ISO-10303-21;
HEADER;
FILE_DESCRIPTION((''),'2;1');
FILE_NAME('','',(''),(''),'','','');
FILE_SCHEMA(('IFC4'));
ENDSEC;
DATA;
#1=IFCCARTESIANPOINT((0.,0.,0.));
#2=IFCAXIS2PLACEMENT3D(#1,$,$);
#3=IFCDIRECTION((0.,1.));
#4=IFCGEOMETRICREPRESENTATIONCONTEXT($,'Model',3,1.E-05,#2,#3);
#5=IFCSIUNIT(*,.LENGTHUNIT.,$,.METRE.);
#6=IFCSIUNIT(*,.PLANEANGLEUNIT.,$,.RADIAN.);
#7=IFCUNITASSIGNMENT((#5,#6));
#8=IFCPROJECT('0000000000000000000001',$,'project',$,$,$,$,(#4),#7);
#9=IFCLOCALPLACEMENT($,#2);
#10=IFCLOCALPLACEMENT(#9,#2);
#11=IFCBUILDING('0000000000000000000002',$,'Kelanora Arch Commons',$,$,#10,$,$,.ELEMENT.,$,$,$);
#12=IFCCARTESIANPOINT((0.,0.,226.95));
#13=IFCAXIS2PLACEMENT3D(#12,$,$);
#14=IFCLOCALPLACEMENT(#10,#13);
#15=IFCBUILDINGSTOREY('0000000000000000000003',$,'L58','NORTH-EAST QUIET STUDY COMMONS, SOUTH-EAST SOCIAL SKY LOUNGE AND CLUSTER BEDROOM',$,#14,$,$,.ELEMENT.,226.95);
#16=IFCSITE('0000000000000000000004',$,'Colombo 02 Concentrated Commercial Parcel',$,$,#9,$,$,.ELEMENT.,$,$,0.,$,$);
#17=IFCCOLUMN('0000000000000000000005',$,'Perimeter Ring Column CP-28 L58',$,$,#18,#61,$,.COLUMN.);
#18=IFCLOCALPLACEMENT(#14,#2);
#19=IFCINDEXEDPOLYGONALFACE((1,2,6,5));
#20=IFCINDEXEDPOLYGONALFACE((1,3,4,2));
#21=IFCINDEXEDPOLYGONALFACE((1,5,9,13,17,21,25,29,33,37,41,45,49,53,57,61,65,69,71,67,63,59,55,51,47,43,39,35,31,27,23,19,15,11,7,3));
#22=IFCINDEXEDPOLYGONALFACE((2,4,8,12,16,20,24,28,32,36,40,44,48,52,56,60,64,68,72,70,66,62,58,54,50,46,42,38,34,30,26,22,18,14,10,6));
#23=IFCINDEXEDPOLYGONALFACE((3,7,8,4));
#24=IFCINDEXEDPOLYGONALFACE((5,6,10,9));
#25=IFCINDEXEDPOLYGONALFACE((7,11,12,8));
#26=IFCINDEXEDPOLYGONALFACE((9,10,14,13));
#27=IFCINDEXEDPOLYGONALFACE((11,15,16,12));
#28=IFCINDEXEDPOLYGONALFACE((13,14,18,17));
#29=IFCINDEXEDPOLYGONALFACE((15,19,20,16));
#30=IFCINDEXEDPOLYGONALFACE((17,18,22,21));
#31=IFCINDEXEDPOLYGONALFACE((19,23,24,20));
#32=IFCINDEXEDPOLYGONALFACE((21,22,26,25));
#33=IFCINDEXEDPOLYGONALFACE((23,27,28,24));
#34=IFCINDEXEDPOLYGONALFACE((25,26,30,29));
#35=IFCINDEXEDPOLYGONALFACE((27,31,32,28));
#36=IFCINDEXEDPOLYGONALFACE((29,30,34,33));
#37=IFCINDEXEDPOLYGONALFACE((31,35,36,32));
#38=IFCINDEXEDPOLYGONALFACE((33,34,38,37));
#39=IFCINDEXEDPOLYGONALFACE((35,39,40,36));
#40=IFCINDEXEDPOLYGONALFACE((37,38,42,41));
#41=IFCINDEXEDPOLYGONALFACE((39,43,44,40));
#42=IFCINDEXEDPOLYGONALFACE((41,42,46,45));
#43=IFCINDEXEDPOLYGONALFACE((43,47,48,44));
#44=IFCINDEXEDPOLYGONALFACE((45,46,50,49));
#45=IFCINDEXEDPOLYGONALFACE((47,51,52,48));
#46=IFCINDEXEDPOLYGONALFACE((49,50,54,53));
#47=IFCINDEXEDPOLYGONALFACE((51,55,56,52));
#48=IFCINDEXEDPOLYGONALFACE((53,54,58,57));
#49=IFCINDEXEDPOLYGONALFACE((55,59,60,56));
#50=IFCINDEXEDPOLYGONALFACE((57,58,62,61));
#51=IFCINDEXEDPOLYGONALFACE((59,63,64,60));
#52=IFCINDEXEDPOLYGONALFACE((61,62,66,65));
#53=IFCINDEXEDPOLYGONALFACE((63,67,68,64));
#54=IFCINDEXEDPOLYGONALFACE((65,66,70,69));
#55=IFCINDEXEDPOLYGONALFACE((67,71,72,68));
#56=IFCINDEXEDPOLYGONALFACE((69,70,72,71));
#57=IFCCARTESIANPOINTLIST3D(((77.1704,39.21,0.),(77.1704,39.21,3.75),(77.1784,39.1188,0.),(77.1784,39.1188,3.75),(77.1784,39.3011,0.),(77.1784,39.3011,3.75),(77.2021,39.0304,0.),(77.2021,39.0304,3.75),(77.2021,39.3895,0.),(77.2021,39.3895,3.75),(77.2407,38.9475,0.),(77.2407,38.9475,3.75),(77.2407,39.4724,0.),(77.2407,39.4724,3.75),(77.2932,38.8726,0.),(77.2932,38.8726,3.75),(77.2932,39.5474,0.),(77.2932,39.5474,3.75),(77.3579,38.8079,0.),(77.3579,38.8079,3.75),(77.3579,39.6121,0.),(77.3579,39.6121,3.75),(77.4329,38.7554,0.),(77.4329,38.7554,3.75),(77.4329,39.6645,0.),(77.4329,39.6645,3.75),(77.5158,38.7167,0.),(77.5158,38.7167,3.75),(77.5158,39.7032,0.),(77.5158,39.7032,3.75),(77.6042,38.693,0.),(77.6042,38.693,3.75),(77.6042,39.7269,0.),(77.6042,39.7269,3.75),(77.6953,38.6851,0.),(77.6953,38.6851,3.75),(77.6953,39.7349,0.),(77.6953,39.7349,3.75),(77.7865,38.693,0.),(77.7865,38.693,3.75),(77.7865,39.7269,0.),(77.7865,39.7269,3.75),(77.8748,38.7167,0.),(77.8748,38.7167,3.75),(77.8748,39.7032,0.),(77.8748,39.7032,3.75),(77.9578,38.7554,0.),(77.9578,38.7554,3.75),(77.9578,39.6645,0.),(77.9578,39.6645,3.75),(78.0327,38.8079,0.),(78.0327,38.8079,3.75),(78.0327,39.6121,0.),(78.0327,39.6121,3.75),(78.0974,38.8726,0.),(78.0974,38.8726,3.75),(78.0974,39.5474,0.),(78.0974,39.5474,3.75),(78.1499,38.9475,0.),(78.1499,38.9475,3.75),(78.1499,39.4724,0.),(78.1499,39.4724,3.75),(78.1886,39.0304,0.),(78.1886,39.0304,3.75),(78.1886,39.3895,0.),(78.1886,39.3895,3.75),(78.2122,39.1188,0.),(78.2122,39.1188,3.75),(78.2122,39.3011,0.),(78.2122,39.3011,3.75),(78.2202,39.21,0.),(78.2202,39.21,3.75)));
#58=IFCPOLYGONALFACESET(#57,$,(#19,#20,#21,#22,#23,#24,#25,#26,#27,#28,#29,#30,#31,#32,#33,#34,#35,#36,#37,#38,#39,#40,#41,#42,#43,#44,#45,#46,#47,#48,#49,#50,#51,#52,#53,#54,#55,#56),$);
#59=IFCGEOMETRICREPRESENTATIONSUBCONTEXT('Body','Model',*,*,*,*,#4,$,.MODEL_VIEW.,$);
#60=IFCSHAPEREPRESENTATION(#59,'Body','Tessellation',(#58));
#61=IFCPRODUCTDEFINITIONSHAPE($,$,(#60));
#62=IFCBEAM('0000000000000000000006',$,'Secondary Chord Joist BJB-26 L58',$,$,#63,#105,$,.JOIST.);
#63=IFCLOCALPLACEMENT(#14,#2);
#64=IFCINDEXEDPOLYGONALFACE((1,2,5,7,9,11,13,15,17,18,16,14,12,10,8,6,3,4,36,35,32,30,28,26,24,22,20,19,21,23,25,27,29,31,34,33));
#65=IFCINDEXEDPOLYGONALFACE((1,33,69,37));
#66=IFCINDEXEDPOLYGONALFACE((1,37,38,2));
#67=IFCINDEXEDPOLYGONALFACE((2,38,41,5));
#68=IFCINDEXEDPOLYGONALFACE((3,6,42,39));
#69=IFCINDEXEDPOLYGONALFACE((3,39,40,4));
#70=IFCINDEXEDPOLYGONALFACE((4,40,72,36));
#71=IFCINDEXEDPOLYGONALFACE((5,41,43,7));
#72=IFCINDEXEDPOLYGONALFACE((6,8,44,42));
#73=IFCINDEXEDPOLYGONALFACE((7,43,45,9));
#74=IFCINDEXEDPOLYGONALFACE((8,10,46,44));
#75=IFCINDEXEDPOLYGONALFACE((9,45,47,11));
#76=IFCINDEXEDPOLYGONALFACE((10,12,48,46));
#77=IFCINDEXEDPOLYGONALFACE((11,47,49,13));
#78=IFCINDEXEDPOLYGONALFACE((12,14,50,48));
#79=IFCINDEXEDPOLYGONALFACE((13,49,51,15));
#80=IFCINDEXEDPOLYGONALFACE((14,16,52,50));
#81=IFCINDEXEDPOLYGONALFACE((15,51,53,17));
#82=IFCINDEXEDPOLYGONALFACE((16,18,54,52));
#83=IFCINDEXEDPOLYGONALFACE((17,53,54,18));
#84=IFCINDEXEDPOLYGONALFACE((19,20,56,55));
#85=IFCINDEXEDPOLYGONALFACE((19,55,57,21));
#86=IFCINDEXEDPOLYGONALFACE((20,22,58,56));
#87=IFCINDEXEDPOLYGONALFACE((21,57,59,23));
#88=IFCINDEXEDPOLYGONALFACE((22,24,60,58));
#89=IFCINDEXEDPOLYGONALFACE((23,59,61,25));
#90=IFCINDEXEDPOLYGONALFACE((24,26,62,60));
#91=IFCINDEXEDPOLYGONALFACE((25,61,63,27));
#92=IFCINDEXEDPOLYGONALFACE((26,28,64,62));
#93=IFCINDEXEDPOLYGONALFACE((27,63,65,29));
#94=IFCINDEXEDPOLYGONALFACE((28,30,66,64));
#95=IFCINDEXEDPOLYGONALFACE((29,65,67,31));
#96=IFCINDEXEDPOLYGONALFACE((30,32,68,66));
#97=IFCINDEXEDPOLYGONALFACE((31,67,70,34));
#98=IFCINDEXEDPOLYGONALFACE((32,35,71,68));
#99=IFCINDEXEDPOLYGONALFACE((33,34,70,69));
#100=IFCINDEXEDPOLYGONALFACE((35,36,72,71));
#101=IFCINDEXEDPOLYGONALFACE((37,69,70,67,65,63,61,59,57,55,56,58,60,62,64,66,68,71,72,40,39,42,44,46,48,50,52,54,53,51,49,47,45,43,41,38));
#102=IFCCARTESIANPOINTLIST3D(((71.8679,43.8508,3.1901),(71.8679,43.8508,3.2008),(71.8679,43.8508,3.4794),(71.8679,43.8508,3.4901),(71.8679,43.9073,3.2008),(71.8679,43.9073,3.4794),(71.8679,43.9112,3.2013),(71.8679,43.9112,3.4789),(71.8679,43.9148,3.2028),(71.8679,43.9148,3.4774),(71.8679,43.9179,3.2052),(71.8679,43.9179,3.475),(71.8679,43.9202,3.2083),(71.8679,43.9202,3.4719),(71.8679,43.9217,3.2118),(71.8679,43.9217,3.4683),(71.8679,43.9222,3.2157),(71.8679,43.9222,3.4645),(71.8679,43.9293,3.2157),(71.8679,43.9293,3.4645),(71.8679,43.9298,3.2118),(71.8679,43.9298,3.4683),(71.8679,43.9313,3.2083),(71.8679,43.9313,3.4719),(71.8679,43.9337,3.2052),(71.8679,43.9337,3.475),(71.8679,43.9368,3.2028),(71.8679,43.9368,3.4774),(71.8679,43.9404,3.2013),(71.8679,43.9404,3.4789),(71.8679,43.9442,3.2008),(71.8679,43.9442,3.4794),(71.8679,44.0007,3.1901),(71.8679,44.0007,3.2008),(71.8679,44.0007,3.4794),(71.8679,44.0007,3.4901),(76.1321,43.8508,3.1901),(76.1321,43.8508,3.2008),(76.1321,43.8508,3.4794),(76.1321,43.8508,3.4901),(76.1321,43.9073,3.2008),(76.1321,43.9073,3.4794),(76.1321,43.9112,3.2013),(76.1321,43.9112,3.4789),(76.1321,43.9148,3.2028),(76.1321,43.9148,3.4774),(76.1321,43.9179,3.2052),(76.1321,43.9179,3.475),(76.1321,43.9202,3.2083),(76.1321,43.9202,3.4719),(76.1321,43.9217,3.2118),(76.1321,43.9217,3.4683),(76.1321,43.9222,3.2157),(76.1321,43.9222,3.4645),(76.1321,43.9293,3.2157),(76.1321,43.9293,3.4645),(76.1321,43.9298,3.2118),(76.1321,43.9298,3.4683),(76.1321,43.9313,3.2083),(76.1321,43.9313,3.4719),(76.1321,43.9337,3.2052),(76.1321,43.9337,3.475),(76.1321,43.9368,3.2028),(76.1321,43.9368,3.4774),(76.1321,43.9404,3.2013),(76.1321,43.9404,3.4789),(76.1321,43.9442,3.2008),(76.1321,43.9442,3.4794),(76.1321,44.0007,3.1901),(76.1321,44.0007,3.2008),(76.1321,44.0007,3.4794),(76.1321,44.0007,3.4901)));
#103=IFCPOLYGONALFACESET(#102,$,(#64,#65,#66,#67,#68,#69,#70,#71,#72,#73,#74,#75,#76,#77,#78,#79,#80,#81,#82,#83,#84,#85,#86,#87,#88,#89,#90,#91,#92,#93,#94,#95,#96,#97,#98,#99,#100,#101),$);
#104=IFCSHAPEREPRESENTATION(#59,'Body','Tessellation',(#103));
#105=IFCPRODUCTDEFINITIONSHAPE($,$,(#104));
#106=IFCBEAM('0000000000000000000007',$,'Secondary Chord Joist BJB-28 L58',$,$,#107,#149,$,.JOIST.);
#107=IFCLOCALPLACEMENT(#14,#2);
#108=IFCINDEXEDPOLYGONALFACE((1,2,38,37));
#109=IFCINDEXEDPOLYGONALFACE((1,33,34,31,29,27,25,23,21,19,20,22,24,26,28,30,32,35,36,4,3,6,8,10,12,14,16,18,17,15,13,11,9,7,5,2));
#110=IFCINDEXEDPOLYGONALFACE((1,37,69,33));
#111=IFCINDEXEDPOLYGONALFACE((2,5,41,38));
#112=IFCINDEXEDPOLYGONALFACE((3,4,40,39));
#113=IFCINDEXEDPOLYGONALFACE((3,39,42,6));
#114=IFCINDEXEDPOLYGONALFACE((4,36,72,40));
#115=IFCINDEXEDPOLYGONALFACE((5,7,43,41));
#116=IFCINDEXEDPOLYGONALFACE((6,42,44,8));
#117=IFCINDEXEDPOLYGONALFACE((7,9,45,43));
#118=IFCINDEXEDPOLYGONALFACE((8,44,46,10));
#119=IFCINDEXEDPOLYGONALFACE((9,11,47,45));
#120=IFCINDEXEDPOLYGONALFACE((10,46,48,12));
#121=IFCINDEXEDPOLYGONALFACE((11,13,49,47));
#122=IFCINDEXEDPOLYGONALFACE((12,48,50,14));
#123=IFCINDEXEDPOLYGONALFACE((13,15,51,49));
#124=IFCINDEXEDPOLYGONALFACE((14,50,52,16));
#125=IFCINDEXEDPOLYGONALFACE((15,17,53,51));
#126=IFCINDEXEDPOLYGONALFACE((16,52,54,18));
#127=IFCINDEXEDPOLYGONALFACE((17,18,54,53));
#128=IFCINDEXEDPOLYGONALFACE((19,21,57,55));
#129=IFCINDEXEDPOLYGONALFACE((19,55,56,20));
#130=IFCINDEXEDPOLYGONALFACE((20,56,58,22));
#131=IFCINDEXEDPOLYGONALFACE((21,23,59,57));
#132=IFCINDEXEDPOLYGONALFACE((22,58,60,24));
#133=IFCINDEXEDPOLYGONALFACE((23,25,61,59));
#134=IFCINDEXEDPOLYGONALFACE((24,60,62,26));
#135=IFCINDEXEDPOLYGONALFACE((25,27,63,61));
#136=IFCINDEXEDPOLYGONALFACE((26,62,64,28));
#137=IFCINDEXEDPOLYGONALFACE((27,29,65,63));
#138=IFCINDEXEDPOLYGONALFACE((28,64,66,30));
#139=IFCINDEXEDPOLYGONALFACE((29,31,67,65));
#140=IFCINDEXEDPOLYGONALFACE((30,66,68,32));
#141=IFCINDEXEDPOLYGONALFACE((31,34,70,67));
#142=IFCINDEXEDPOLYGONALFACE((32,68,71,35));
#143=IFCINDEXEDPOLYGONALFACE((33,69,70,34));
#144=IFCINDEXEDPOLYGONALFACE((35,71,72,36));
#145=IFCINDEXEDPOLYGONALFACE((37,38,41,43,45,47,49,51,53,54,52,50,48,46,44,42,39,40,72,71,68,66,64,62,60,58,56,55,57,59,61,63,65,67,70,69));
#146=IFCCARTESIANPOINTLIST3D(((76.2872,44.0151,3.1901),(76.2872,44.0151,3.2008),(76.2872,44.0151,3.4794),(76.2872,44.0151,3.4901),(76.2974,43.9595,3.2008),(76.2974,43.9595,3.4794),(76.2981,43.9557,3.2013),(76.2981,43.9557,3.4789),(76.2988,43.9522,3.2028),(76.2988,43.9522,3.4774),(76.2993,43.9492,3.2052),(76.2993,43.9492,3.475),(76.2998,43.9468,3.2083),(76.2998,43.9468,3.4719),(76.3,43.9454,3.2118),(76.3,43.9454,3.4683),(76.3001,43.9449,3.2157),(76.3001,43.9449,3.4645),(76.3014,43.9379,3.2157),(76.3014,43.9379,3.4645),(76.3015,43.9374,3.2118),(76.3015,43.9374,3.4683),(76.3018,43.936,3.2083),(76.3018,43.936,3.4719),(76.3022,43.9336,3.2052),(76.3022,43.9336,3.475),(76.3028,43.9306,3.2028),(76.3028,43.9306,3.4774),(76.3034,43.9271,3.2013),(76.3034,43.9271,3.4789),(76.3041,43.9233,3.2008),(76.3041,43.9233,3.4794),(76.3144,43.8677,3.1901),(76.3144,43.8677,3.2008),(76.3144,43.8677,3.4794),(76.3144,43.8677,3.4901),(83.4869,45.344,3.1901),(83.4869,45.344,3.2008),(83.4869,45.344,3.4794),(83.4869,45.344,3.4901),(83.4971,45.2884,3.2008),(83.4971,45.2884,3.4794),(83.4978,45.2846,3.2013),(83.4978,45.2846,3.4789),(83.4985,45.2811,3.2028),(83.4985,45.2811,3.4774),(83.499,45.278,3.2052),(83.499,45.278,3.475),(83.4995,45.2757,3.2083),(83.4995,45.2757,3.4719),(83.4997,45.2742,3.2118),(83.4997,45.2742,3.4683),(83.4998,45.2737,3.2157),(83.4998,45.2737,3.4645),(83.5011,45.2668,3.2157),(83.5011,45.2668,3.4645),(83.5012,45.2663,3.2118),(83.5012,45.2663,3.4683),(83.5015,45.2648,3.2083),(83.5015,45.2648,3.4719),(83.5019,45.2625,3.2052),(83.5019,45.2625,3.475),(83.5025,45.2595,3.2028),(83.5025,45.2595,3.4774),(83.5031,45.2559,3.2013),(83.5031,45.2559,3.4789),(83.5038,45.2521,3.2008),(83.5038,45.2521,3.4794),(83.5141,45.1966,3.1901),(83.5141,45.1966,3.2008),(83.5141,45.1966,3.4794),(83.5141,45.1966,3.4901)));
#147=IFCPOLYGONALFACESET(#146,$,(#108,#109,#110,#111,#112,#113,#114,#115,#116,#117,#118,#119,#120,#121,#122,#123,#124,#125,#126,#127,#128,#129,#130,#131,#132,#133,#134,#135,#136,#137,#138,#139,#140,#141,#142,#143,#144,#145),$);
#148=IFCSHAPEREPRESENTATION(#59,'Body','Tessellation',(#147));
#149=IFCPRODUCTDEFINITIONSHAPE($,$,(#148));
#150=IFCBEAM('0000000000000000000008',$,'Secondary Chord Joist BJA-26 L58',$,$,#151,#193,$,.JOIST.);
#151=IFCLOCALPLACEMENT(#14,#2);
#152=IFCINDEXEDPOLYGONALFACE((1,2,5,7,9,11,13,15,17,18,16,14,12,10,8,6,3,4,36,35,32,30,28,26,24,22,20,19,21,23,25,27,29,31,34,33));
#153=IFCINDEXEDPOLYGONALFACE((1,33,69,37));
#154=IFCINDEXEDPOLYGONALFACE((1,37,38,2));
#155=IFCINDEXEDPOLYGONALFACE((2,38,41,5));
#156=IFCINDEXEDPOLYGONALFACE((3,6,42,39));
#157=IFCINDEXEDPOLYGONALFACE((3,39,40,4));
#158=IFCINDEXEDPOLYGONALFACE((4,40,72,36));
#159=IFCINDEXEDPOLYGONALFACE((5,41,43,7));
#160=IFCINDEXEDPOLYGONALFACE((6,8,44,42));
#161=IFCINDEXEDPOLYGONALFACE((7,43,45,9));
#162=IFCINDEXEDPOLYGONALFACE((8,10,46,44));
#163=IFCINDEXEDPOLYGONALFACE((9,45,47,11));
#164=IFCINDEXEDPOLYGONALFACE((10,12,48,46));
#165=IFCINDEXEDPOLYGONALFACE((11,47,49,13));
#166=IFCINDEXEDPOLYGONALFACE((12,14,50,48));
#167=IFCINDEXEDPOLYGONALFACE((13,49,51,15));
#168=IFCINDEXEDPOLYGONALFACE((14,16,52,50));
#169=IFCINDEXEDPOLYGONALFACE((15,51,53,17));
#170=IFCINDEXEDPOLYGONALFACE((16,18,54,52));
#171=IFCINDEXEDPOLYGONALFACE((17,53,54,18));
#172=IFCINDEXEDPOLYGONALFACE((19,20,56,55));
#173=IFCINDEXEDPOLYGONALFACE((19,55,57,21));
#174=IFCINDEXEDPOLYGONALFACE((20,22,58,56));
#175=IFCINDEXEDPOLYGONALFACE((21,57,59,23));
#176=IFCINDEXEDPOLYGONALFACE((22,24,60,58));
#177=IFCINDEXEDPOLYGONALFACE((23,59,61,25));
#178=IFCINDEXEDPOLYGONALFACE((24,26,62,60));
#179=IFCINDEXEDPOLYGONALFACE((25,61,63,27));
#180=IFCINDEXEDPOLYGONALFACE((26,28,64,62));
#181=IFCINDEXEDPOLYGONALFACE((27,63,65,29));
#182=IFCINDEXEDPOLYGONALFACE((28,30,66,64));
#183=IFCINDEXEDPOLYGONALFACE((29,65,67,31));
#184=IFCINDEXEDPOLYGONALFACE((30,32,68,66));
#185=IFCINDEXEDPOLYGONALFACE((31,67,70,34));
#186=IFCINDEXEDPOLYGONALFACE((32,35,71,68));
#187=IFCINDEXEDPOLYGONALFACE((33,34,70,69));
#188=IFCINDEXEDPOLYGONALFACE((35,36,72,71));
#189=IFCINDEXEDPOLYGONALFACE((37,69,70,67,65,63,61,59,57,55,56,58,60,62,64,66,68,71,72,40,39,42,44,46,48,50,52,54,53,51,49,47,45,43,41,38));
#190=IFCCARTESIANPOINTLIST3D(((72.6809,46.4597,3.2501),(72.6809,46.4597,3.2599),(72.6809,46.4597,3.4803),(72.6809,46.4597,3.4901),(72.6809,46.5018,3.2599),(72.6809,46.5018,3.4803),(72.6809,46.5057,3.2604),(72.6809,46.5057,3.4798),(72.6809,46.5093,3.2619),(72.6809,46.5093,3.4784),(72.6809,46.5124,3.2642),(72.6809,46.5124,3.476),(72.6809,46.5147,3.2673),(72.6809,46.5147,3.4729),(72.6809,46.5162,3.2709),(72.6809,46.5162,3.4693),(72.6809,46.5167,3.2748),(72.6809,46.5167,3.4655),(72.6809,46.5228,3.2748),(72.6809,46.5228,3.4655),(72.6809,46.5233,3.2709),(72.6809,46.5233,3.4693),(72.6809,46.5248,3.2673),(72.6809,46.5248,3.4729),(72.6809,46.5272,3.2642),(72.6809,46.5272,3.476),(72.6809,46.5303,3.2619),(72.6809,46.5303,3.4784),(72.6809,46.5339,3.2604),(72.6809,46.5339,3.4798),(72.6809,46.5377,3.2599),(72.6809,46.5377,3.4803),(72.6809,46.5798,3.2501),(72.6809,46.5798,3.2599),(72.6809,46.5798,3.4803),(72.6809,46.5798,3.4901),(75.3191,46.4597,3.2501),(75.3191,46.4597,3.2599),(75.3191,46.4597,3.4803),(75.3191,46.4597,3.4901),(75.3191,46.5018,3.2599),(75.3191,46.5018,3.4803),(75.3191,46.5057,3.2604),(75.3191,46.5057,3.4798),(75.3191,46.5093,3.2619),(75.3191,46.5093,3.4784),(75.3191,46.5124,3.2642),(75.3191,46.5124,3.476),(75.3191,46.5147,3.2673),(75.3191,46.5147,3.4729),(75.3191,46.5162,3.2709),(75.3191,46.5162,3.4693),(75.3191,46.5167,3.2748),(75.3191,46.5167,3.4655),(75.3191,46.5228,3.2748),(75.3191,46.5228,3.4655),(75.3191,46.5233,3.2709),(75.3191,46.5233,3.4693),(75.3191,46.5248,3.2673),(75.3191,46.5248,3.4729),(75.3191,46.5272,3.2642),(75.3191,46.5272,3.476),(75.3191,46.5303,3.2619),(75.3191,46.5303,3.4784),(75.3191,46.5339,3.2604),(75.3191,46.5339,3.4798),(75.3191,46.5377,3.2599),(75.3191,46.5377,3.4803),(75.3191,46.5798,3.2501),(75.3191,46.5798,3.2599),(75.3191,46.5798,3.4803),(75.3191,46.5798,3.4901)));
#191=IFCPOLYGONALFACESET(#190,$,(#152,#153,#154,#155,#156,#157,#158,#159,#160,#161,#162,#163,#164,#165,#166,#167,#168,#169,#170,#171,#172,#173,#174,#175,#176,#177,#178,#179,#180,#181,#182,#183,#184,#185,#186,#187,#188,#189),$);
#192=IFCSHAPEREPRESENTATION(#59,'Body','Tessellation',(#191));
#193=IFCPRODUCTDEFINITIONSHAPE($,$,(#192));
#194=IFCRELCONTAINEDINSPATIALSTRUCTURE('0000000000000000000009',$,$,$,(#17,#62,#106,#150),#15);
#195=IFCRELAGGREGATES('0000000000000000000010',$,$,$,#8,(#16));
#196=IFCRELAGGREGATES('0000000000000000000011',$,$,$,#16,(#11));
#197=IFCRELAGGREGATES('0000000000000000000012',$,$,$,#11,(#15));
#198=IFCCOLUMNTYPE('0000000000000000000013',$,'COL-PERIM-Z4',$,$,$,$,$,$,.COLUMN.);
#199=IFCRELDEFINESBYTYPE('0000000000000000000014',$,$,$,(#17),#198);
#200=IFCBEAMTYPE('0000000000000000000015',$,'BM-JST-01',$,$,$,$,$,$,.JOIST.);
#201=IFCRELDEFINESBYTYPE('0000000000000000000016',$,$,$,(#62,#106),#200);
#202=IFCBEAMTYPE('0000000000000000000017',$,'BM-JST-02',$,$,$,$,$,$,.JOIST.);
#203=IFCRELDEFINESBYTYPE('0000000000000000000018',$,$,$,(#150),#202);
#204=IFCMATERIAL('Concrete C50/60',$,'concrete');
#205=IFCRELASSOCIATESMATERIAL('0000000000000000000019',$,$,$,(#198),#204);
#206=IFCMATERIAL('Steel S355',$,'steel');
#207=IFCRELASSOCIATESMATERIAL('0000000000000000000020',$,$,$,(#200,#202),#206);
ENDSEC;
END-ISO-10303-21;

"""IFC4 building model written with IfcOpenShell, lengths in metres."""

from ifc_helpers import new_model, si_unit, direction, frame, origin, origin_2d, place, context, subcontext, project, spatial, circle, i_section, extrude, material, material_profile, profile_set, type_object, element, save


model = new_model("IFC4")

# Units and contexts
model_context = context("Model", 3, precision=1e-05, world=origin(), true_north=direction((0.0, 1.0)))
body_context = subcontext(model_context, "Body", "Model", "MODEL_VIEW")
ifc_project = project(units=[si_unit("LENGTHUNIT", "METRE"), si_unit("PLANEANGLEUNIT", "RADIAN")], contexts=[model_context])

# Site, building, storey
site_placement = place(None, origin())
site = spatial("IfcSite", under=ifc_project, at=site_placement, Name="Colombo 02 Concentrated Commercial Parcel", CompositionType="ELEMENT", RefElevation=0.0)
building_placement = place(site_placement, origin())
building = spatial("IfcBuilding", under=site, at=building_placement, Name="Kelanora Arch Commons", CompositionType="ELEMENT")
storey_placement = place(building_placement, frame((0.0, 0.0, 226.95)))
storey = spatial("IfcBuildingStorey", under=building, at=storey_placement, Name="L58", Description="NORTH-EAST QUIET STUDY COMMONS, SOUTH-EAST SOCIAL SKY LOUNGE AND CLUSTER BEDROOM", CompositionType="ELEMENT", Elevation=226.95)

# Column
ifc_material_1 = material(Name="Concrete C50/60", Category="concrete")
ifc_material_profile_1 = material_profile(ifc_material_1, circle(Radius=0.5249, at=origin_2d()), Name="RCC1050")
ifc_profile_set_1 = profile_set([ifc_material_profile_1], Name="Concrete C50/60")
column_type = type_object("IfcColumnType", Name="COL-PERIM-Z4", PredefinedType="COLUMN", material=ifc_profile_set_1)
column_placement = place(storey_placement, frame((77.6953, 39.21, 0.0), z_axis=(0.0, 0.0, 1.0), x_axis=(1.0, 0.0, 0.0)))
element("IfcColumn", 1, at=column_placement, inside=storey, type_object=column_type, Name="Perimeter Ring Column CP-28 L58", PredefinedType="COLUMN", context=body_context, shape_type="SweptSolid", body=[
    extrude(circle(Radius=0.5249, at=origin_2d()), origin(), (0.0, 0.0, 1.0), 3.75),
])

# Beams
ifc_material_2 = material(Name="Steel S355", Category="steel")
ifc_material_profile_2 = material_profile(ifc_material_2, i_section(OverallWidth=0.1499, OverallDepth=0.3, WebThickness=0.0071, FlangeThickness=0.0107, FilletRadius=0.0149, at=origin_2d()), Name="IPE300")
ifc_profile_set_2 = profile_set([ifc_material_profile_2], Name="Steel S355")
beam_type_1 = type_object("IfcBeamType", Name="BM-JST-01", PredefinedType="JOIST", material=ifc_profile_set_2)
beam_1_placement = place(storey_placement, frame((71.8679, 43.9258, 3.3401), z_axis=(1.0, 0.0, 0.0), x_axis=(0.0, 1.0, 0.0)))
element("IfcBeam", 2, at=beam_1_placement, inside=storey, type_object=beam_type_1, Name="Secondary Chord Joist BJB-26 L58", PredefinedType="JOIST", context=body_context, shape_type="SweptSolid", body=[
    extrude(i_section(OverallWidth=0.1499, OverallDepth=0.3, WebThickness=0.0071, FlangeThickness=0.0107, FilletRadius=0.0149, at=origin_2d()), origin(), (0.0, 0.0, 1.0), 4.2642),
])
beam_2_placement = place(storey_placement, frame((76.3008, 43.9414, 3.3401), z_axis=(0.98339, 0.181505, 0.0), x_axis=(-0.181505, 0.98339, 0.0)))
element("IfcBeam", 3, at=beam_2_placement, inside=storey, type_object=beam_type_1, Name="Secondary Chord Joist BJB-28 L58", PredefinedType="JOIST", context=body_context, shape_type="SweptSolid", body=[
    extrude(i_section(OverallWidth=0.1499, OverallDepth=0.3, WebThickness=0.0071, FlangeThickness=0.0107, FilletRadius=0.0149, at=origin_2d()), origin(), (0.0, 0.0, 1.0), 7.3213),
])
ifc_material_profile_3 = material_profile(ifc_material_2, i_section(OverallWidth=0.1201, OverallDepth=0.24, WebThickness=0.0061, FlangeThickness=0.0098, FilletRadius=0.0149, at=origin_2d()), Name="IPE240")
ifc_profile_set_3 = profile_set([ifc_material_profile_3], Name="Steel S355")
beam_type_2 = type_object("IfcBeamType", Name="BM-JST-02", PredefinedType="JOIST", material=ifc_profile_set_3)
beam_3_placement = place(storey_placement, frame((72.6809, 46.5198, 3.3701), z_axis=(1.0, 0.0, 0.0), x_axis=(0.0, 1.0, 0.0)))
element("IfcBeam", 4, at=beam_3_placement, inside=storey, type_object=beam_type_2, Name="Secondary Chord Joist BJA-26 L58", PredefinedType="JOIST", context=body_context, shape_type="SweptSolid", body=[
    extrude(i_section(OverallWidth=0.1201, OverallDepth=0.24, WebThickness=0.0061, FlangeThickness=0.0098, FilletRadius=0.0149, at=origin_2d()), origin(), (0.0, 0.0, 1.0), 2.6382),
])

save(model, "model.ifc")
